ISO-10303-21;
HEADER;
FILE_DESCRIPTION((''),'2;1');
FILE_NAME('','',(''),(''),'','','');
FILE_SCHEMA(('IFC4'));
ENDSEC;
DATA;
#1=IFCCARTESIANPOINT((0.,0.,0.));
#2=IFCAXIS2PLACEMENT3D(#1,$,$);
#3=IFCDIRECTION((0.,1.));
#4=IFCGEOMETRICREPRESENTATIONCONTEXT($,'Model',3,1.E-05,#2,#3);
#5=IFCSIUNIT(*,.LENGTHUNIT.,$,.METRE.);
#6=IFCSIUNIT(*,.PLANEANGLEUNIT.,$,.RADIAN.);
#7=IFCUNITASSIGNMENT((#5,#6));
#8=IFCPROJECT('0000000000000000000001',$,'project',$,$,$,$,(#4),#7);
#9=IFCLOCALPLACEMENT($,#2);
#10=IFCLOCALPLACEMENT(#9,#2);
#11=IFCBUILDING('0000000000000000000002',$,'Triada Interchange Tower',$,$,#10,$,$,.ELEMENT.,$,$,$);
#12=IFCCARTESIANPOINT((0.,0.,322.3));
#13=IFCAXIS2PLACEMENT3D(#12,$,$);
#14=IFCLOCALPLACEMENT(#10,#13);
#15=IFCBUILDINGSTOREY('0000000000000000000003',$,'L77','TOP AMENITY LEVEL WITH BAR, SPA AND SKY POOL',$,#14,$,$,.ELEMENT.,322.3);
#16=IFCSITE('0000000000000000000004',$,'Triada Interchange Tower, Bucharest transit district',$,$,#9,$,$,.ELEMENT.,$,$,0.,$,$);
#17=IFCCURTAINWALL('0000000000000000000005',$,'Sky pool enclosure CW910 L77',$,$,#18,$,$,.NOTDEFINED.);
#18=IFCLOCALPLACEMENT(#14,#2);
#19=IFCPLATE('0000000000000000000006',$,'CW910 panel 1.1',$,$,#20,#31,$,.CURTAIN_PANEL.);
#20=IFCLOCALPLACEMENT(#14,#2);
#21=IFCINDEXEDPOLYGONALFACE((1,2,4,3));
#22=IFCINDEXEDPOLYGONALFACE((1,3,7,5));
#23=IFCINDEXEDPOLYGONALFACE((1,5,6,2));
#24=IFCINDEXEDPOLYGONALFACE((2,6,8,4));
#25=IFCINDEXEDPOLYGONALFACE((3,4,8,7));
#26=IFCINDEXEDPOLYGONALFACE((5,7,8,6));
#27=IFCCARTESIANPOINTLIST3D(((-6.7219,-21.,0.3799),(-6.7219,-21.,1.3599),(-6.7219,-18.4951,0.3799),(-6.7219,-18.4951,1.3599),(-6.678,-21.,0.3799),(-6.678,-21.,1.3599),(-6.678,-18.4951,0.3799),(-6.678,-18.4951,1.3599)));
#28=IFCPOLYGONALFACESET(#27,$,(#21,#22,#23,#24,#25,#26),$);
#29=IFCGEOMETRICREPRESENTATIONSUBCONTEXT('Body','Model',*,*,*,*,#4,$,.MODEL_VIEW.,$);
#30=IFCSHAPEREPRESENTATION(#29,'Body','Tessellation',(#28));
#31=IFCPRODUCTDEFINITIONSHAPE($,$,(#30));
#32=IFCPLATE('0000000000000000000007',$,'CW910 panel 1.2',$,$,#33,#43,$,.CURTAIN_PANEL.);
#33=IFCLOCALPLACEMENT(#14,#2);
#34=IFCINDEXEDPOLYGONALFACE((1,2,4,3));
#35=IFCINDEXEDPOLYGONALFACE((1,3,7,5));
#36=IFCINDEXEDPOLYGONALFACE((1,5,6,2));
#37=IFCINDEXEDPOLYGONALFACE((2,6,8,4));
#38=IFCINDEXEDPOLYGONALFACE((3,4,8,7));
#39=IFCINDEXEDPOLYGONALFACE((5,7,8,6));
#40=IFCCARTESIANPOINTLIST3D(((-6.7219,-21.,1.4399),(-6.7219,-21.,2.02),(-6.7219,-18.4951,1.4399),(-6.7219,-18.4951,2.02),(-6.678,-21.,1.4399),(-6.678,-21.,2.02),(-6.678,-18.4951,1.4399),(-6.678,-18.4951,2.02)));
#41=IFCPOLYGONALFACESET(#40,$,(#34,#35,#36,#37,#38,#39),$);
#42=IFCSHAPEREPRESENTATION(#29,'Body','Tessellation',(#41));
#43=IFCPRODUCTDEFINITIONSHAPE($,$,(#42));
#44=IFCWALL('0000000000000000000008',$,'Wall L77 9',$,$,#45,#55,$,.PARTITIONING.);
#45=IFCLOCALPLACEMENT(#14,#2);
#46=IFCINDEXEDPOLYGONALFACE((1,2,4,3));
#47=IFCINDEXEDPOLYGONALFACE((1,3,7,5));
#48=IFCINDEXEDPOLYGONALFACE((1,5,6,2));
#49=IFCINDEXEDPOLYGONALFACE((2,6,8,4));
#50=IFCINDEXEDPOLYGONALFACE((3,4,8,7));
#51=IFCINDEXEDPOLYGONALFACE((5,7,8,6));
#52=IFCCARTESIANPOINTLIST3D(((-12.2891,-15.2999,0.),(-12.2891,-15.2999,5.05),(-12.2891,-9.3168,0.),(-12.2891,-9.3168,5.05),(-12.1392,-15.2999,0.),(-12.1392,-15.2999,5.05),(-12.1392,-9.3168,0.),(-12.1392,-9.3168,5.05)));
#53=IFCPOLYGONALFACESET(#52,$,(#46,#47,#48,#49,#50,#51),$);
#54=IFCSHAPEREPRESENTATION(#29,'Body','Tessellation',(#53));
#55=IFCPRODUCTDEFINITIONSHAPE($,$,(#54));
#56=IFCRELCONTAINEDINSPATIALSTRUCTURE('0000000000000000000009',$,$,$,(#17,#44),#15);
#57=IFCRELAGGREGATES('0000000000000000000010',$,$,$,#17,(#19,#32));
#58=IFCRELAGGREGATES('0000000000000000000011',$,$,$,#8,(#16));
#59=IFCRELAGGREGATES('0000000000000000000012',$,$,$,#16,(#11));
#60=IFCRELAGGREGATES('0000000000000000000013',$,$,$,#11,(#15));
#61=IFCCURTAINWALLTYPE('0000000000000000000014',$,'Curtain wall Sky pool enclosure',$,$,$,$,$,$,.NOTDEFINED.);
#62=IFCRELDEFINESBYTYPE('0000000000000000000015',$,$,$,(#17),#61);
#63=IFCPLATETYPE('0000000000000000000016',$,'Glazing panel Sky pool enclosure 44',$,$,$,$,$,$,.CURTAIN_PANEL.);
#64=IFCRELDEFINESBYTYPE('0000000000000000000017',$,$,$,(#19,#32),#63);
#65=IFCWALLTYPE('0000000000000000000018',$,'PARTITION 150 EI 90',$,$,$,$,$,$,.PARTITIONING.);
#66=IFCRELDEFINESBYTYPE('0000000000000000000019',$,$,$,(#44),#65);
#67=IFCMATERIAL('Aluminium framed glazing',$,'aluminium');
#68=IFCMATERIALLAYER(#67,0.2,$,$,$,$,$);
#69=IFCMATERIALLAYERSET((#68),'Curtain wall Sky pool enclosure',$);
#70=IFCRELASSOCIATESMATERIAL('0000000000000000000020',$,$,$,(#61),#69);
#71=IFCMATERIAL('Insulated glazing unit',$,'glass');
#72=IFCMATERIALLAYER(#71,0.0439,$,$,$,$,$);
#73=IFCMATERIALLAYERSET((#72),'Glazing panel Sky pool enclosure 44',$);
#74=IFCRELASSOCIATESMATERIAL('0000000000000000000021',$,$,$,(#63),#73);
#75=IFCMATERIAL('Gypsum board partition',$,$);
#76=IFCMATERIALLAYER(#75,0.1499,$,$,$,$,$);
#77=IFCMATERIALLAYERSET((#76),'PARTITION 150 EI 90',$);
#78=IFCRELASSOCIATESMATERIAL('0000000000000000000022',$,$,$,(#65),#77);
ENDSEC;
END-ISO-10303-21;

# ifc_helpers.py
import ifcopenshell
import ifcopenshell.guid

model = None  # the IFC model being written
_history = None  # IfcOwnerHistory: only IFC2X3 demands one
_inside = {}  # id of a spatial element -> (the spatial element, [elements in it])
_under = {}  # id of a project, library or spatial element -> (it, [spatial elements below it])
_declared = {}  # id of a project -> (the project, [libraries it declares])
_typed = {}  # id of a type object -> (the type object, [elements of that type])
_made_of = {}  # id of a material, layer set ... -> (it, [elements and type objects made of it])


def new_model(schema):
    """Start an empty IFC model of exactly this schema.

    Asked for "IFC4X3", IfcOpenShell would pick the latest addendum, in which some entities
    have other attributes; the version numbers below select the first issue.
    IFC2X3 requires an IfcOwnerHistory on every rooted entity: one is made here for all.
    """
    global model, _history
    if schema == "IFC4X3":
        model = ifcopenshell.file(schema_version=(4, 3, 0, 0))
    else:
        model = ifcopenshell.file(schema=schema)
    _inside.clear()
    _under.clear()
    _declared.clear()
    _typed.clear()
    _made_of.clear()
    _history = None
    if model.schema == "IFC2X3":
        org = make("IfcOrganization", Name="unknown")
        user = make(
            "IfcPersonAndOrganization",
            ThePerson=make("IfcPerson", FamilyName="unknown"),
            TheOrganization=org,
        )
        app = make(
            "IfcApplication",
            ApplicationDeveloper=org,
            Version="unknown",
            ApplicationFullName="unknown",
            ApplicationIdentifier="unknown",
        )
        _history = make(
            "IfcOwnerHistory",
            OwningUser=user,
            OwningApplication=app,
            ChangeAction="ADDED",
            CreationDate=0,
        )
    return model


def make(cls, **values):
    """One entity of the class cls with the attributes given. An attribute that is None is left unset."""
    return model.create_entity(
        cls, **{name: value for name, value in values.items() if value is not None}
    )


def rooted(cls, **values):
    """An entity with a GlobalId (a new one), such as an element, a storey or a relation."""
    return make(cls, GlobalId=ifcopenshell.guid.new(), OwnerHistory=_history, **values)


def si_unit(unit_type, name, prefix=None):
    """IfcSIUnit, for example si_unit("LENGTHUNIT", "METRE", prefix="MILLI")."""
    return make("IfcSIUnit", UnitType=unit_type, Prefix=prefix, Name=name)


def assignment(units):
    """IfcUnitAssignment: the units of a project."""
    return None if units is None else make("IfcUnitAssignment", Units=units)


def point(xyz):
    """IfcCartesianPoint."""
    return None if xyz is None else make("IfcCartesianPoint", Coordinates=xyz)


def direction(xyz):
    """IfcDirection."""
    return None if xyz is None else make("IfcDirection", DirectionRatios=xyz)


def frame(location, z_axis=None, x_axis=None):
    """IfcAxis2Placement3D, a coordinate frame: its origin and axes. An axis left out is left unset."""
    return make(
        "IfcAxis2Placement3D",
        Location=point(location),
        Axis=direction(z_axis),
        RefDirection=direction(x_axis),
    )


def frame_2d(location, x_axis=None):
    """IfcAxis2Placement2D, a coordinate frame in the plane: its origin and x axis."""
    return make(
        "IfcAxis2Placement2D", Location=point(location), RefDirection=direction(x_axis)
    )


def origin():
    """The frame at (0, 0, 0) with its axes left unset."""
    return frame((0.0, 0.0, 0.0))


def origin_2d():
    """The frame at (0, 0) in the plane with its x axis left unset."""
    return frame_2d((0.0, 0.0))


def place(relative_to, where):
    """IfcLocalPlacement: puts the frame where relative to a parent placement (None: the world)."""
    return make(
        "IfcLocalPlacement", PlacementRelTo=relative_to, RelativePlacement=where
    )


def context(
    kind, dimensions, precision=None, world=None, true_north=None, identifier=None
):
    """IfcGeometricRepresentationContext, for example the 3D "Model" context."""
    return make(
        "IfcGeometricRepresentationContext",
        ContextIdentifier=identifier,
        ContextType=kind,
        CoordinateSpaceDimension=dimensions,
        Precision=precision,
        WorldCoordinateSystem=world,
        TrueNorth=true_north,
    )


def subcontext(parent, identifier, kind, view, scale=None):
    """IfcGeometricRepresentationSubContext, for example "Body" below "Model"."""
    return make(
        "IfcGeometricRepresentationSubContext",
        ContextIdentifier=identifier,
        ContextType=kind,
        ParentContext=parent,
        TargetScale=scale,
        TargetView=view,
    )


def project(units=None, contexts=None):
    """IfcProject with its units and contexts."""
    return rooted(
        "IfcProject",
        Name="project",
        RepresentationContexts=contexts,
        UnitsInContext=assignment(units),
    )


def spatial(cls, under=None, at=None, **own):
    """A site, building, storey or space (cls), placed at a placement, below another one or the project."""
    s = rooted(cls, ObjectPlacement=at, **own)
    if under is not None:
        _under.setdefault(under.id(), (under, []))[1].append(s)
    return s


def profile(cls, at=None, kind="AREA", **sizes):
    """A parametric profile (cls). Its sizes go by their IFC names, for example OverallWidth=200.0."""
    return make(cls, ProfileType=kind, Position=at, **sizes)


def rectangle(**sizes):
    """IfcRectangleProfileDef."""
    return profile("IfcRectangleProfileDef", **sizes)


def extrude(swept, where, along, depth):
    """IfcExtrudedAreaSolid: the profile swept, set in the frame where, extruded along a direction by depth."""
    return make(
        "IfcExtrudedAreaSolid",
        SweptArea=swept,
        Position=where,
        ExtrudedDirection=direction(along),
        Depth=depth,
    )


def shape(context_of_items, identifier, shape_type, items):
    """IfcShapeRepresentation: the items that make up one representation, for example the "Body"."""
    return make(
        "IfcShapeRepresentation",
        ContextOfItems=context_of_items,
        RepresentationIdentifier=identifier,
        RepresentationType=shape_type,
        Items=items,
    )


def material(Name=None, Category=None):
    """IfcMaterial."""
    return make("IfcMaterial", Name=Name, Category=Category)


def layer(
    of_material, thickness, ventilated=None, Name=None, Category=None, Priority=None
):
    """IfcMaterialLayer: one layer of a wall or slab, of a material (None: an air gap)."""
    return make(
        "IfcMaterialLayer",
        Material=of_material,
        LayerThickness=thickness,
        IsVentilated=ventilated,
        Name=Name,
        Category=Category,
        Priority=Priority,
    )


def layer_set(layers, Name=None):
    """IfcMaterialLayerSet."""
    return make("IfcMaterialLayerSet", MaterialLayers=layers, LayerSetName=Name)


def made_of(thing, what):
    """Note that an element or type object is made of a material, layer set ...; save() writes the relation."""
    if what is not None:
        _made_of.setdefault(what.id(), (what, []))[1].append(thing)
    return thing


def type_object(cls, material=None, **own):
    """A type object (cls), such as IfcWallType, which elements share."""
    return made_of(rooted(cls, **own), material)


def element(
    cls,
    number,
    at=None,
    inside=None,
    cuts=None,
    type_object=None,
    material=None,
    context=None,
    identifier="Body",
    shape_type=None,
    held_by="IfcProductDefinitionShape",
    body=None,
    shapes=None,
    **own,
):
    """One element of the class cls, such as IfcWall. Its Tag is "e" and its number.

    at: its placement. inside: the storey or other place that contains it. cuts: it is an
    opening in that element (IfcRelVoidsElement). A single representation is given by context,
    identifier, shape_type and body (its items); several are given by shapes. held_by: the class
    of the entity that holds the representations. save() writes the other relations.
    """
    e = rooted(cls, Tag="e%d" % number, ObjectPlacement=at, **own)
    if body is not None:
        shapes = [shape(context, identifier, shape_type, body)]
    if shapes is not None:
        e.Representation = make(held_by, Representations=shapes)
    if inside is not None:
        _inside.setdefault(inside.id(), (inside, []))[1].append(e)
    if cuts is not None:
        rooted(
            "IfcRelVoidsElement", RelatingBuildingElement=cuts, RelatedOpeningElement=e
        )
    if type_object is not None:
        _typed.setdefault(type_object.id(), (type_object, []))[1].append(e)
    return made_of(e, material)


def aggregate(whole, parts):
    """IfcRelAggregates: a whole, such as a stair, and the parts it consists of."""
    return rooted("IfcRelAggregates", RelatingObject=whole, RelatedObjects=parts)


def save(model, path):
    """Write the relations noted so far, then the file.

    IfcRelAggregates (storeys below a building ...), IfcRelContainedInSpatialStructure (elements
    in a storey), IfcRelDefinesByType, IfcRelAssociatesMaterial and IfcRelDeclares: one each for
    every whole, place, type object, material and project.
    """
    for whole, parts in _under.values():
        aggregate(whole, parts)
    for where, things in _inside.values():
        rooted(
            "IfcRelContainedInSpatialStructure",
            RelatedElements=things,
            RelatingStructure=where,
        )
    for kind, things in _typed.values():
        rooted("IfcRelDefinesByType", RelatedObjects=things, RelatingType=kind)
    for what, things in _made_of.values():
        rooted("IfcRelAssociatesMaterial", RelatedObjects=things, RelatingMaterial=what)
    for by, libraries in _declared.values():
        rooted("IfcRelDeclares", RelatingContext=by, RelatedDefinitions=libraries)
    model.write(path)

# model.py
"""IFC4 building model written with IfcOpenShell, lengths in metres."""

from ifc_helpers import new_model, si_unit, direction, frame, frame_2d, origin, origin_2d, place, context, subcontext, project, spatial, rectangle, extrude, material, layer, layer_set, type_object, element, aggregate, save


model = new_model("IFC4")

# Units and contexts
model_context = context("Model", 3, precision=1e-05, world=origin(), true_north=direction((0.0, 1.0)))
body_context = subcontext(model_context, "Body", "Model", "MODEL_VIEW")
ifc_project = project(units=[si_unit("LENGTHUNIT", "METRE"), si_unit("PLANEANGLEUNIT", "RADIAN")], contexts=[model_context])

# Site, building, storey
site_placement = place(None, origin())
site = spatial("IfcSite", under=ifc_project, at=site_placement, Name="Triada Interchange Tower, Bucharest transit district", CompositionType="ELEMENT", RefElevation=0.0)
building_placement = place(site_placement, origin())
building = spatial("IfcBuilding", under=site, at=building_placement, Name="Triada Interchange Tower", CompositionType="ELEMENT")
storey_placement = place(building_placement, frame((0.0, 0.0, 322.3)))
storey = spatial("IfcBuildingStorey", under=building, at=storey_placement, Name="L77", Description="TOP AMENITY LEVEL WITH BAR, SPA AND SKY POOL", CompositionType="ELEMENT", Elevation=322.3)

# Curtain wall
ifc_material_1 = material(Name="Aluminium framed glazing", Category="aluminium")
ifc_layer_1 = layer(ifc_material_1, 0.2)
ifc_layer_set_1 = layer_set([ifc_layer_1], Name="Curtain wall Sky pool enclosure")
curtain_wall_type_1 = type_object("IfcCurtainWallType", Name="Curtain wall Sky pool enclosure", PredefinedType="NOTDEFINED", material=ifc_layer_set_1)
curtain_wall_1_placement = place(storey_placement, origin())
curtain_wall_1 = element("IfcCurtainWall", 1, at=curtain_wall_1_placement, inside=storey, type_object=curtain_wall_type_1, Name="Sky pool enclosure CW910 L77", PredefinedType="NOTDEFINED")

# Plates
ifc_material_2 = material(Name="Insulated glazing unit", Category="glass")
ifc_layer_2 = layer(ifc_material_2, 0.0439)
ifc_layer_set_2 = layer_set([ifc_layer_2], Name="Glazing panel Sky pool enclosure 44")
plate_type_1 = type_object("IfcPlateType", Name="Glazing panel Sky pool enclosure 44", PredefinedType="CURTAIN_PANEL", material=ifc_layer_set_2)
plate_1_placement = place(storey_placement, frame((-6.7, -19.7476, 0.3799), z_axis=(0.0, 0.0, 1.0), x_axis=(0.0, -1.0, 0.0)))
plate_1 = element("IfcPlate", 2, at=plate_1_placement, type_object=plate_type_1, Name="CW910 panel 1.1", PredefinedType="CURTAIN_PANEL", context=body_context, shape_type="SweptSolid", body=[
    extrude(rectangle(XDim=2.5049, YDim=0.0439, at=origin_2d()), origin(), (0.0, 0.0, 1.0), 0.98),
])
plate_2_placement = place(storey_placement, frame((-6.7, -19.7476, 1.4399), z_axis=(0.0, 0.0, 1.0), x_axis=(0.0, -1.0, 0.0)))
plate_2 = element("IfcPlate", 3, at=plate_2_placement, type_object=plate_type_1, Name="CW910 panel 1.2", PredefinedType="CURTAIN_PANEL", context=body_context, shape_type="SweptSolid", body=[
    extrude(rectangle(XDim=2.5049, YDim=0.0439, at=origin_2d()), origin(), (0.0, 0.0, 1.0), 0.5801),
])
aggregate(curtain_wall_1, [plate_1, plate_2])

# Wall
ifc_material_3 = material(Name="Gypsum board partition")
ifc_layer_3 = layer(ifc_material_3, 0.1499)
ifc_layer_set_3 = layer_set([ifc_layer_3], Name="PARTITION 150 EI 90")
wall_type = type_object("IfcWallType", Name="PARTITION 150 EI 90", PredefinedType="PARTITIONING", material=ifc_layer_set_3)
wall_placement = place(storey_placement, frame((-12.2141, -15.3, 0.0), z_axis=(0.0, 0.0, 1.0), x_axis=(0.0, 1.0, 0.0)))
element("IfcWall", 4, at=wall_placement, inside=storey, type_object=wall_type, Name="Wall L77 9", PredefinedType="PARTITIONING", context=body_context, shape_type="SweptSolid", body=[
    extrude(rectangle(XDim=5.9832, YDim=0.1499, at=frame_2d((2.9917, 0.0))), origin(), (0.0, 0.0, 1.0), 5.05),
])

save(model, "model.ifc")
